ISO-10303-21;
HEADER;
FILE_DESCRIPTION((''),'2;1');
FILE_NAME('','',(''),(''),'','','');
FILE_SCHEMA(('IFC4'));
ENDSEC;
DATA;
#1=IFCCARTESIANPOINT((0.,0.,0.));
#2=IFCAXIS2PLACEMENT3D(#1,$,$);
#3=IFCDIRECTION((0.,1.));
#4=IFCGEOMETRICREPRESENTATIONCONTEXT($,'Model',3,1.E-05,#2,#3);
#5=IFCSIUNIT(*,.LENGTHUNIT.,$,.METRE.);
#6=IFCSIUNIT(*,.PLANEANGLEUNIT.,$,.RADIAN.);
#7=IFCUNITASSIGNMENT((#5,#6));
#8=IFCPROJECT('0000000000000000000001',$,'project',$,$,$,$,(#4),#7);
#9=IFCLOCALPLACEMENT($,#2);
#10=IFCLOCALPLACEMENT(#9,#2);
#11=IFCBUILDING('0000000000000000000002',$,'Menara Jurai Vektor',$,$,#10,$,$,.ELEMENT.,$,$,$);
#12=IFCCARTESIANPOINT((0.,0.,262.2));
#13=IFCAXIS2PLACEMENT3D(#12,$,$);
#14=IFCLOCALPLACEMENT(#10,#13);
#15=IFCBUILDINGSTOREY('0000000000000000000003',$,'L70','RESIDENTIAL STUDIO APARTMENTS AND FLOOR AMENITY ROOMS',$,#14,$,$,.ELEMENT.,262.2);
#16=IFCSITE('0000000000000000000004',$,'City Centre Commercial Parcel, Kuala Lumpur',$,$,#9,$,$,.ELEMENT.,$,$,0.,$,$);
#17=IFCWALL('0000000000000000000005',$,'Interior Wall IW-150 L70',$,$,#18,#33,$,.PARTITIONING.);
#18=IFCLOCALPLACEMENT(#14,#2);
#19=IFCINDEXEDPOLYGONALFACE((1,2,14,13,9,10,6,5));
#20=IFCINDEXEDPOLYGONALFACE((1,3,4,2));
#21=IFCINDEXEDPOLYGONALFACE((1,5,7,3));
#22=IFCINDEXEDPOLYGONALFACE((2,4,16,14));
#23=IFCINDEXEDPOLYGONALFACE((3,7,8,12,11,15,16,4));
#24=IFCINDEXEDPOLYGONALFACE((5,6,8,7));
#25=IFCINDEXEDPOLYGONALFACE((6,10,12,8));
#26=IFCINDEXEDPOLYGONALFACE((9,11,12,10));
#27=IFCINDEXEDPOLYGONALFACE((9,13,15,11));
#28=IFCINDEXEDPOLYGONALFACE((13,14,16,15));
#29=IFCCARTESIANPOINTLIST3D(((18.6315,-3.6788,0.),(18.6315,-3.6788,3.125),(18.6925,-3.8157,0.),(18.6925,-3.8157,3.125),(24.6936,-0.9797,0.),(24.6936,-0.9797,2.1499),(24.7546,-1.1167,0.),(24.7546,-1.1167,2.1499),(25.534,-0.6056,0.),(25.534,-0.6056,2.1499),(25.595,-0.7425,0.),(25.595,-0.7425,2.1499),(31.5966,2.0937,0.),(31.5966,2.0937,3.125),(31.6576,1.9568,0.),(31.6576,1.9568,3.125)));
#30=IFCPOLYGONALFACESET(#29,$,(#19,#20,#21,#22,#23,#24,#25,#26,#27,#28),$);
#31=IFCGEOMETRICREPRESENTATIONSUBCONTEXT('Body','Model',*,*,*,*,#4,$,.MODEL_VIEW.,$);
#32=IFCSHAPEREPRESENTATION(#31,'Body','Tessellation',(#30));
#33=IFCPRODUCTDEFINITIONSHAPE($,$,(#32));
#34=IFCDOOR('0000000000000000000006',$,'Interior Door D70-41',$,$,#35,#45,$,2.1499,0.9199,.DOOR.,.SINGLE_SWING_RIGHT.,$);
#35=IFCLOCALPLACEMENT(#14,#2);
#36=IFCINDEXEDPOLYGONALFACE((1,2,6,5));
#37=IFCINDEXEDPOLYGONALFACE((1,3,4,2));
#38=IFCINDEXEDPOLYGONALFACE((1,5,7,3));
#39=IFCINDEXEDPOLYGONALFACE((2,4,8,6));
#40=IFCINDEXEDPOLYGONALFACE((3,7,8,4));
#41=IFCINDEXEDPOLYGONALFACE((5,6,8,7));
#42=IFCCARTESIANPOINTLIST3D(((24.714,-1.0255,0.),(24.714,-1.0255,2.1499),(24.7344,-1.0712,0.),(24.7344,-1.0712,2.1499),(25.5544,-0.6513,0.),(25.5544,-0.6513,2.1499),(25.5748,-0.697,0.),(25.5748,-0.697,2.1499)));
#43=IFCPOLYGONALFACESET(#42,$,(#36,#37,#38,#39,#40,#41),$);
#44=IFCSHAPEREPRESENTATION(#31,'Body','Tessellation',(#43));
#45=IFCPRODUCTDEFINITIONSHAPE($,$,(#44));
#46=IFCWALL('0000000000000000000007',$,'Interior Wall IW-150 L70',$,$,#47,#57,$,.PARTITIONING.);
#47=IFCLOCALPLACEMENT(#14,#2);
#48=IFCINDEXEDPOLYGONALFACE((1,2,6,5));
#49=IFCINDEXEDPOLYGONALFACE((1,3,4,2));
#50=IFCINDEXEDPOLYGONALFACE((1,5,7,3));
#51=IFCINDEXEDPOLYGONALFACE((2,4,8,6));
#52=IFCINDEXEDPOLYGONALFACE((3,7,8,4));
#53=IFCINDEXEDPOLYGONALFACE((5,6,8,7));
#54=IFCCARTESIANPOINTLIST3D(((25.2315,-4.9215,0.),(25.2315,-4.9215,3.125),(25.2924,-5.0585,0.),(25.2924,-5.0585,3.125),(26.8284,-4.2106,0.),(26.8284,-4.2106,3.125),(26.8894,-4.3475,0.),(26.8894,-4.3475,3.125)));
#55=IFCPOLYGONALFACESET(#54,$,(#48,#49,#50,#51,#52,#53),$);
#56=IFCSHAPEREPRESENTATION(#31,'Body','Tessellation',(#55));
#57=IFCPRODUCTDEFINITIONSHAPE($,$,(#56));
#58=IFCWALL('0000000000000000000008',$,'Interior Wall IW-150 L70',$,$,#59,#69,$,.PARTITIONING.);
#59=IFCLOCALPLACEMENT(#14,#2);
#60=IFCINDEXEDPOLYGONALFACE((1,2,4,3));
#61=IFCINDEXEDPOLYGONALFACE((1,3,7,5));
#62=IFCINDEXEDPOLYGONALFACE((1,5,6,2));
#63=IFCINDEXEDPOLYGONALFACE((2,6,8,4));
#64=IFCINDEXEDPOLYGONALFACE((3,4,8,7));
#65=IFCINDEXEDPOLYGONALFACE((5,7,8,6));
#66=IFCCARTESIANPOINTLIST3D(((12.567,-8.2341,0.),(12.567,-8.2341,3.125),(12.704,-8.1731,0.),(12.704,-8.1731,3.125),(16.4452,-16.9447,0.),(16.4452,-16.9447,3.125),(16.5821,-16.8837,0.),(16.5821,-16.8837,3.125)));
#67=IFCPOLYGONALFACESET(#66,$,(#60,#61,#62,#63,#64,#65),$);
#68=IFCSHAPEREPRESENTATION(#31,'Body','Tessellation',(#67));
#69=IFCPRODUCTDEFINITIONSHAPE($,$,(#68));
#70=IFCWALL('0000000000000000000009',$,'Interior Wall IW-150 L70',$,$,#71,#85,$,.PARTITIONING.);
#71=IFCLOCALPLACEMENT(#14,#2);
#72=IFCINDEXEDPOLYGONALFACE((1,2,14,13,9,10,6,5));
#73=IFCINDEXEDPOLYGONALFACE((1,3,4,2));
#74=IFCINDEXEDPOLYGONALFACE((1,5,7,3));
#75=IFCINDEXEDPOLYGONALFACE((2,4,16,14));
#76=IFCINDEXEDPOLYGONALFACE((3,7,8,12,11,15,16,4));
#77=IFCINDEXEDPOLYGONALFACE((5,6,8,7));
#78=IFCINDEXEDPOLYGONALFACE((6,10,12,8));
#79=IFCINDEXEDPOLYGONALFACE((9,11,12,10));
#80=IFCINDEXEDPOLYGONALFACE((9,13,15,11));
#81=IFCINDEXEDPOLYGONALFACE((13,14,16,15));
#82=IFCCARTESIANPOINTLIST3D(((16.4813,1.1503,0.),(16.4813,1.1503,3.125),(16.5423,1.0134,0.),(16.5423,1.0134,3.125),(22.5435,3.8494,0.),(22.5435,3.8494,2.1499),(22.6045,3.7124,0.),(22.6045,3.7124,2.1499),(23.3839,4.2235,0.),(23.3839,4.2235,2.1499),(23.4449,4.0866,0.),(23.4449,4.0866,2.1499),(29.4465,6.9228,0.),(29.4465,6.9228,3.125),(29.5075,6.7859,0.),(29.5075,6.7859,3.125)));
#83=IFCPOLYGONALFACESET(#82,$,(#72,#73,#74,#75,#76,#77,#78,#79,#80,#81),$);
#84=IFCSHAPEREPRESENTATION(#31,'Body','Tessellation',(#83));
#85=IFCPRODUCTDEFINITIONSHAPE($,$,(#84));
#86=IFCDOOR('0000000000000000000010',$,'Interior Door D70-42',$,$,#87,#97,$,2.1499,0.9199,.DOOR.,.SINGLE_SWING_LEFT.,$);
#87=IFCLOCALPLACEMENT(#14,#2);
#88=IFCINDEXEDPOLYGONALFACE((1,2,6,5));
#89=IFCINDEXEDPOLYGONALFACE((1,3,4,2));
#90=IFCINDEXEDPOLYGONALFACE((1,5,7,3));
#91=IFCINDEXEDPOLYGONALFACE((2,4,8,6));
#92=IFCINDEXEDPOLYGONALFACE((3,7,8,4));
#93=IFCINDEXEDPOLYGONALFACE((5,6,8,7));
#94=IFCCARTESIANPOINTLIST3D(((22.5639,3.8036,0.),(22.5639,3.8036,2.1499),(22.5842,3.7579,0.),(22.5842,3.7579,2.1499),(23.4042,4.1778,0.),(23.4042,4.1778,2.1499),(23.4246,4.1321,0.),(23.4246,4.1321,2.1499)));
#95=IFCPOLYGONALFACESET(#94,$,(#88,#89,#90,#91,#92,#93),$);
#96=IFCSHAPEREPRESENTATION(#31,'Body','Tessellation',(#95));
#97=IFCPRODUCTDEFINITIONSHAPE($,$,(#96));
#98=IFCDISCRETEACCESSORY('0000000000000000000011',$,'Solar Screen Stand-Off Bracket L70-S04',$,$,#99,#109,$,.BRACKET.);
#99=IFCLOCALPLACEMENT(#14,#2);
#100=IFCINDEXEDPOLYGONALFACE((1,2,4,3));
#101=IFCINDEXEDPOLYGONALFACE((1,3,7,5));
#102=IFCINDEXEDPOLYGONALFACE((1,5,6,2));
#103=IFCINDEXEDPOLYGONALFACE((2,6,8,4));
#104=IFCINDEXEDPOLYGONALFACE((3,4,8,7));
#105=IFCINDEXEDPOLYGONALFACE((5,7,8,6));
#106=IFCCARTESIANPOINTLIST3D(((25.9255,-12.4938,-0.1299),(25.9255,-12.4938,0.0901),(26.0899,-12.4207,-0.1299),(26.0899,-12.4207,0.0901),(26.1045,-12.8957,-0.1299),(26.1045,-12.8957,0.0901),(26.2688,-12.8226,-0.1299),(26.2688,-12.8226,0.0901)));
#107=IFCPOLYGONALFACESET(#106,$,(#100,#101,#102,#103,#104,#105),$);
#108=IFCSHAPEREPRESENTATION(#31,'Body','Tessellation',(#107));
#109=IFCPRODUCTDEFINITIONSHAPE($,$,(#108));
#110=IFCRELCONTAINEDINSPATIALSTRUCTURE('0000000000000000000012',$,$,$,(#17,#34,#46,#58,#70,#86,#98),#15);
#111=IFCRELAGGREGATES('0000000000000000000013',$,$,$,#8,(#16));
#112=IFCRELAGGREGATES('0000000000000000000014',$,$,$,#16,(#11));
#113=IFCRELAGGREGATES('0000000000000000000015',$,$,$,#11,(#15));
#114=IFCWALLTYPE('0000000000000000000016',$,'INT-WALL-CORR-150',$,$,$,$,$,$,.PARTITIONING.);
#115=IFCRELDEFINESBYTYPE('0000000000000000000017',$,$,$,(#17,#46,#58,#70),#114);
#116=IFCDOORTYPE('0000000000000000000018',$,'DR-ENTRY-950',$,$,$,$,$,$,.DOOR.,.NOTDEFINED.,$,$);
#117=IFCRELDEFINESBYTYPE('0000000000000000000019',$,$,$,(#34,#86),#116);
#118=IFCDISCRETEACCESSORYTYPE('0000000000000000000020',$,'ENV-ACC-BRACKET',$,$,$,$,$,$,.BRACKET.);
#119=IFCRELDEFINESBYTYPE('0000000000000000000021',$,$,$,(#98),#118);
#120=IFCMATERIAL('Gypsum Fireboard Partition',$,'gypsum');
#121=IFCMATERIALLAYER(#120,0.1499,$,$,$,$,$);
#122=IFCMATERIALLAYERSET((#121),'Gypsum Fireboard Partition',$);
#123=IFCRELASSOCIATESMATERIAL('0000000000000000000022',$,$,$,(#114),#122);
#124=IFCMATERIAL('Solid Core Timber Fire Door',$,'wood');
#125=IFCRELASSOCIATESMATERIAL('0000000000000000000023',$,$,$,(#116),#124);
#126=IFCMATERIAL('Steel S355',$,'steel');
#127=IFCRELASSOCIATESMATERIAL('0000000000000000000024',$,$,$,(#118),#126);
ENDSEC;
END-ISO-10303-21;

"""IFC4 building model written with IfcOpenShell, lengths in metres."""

from ifc_helpers import new_model, si_unit, direction, frame, frame_2d, origin, origin_2d, place, context, subcontext, project, spatial, rectangle, extrude, material, layer, layer_set, type_object, element, fill, save


model = new_model("IFC4")

# Units and contexts
model_context = context("Model", 3, precision=1e-05, world=origin(), true_north=direction((0.0, 1.0)))
body_context = subcontext(model_context, "Body", "Model", "MODEL_VIEW")
ifc_project = project(units=[si_unit("LENGTHUNIT", "METRE"), si_unit("PLANEANGLEUNIT", "RADIAN")], contexts=[model_context])

# Site, building, storey
site_placement = place(None, origin())
site = spatial("IfcSite", under=ifc_project, at=site_placement, Name="City Centre Commercial Parcel, Kuala Lumpur", CompositionType="ELEMENT", RefElevation=0.0)
building_placement = place(site_placement, origin())
building = spatial("IfcBuilding", under=site, at=building_placement, Name="Menara Jurai Vektor", CompositionType="ELEMENT")
storey_placement = place(building_placement, frame((0.0, 0.0, 262.2)))
storey = spatial("IfcBuildingStorey", under=building, at=storey_placement, Name="L70", Description="RESIDENTIAL STUDIO APARTMENTS AND FLOOR AMENITY ROOMS", CompositionType="ELEMENT", Elevation=262.2)

# Shared definitions
ifc_material_1 = material(Name="Steel S355", Category="steel")

# Shared definitions
ifc_material_2 = material(Name="Gypsum Fireboard Partition", Category="gypsum")
ifc_layer_1 = layer(ifc_material_2, 0.1499)
ifc_layer_set_1 = layer_set([ifc_layer_1], Name="Gypsum Fireboard Partition")
wall_type = type_object("IfcWallType", Name="INT-WALL-CORR-150", PredefinedType="PARTITIONING", material=ifc_layer_set_1)

# Wall, opening, door
wall_1_placement = place(storey_placement, frame((18.6619, -3.7473, 0.0), z_axis=(0.0, 0.0, 1.0), x_axis=(0.913545, 0.406739, 0.0)))
wall_1 = element("IfcWall", 1, at=wall_1_placement, inside=storey, type_object=wall_type, Name="Interior Wall IW-150 L70", PredefinedType="PARTITIONING", context=body_context, shape_type="SweptSolid", body=[
    extrude(rectangle(XDim=14.1921, YDim=0.1499, at=frame_2d((7.0962, 0.0))), origin(), (0.0, 0.0, 1.0), 3.125),
])
opening_1_placement = place(wall_1_placement, frame((6.636, 0.0, 0.0)))
opening_1 = element("IfcOpeningElement", 2, at=opening_1_placement, cuts=wall_1, PredefinedType="OPENING", context=body_context, shape_type="SweptSolid", body=[
    extrude(rectangle(XDim=0.9199, YDim=2.1499, at=frame_2d((0.46, 1.075))), frame((0.0, 0.085, 0.0), z_axis=(0.0, -1.0, 0.0), x_axis=(1.0, 0.0, 0.0)), (0.0, 0.0, 1.0), 0.1699),
])
ifc_material_3 = material(Name="Solid Core Timber Fire Door", Category="wood")
door_type_1 = type_object("IfcDoorType", Name="DR-ENTRY-950", OperationType="NOTDEFINED", PredefinedType="DOOR", material=ifc_material_3)
door_1_placement = place(opening_1_placement, origin())
door_1 = element("IfcDoor", 3, at=door_1_placement, inside=storey, type_object=door_type_1, Name="Interior Door D70-41", OperationType="SINGLE_SWING_RIGHT", OverallHeight=2.1499, OverallWidth=0.9199, PredefinedType="DOOR", context=body_context, shape_type="SweptSolid", body=[
    extrude(rectangle(XDim=0.9199, YDim=2.1499, at=frame_2d((0.46, 1.075))), frame((0.0, 0.0249, 0.0), z_axis=(0.0, -1.0, 0.0), x_axis=(1.0, 0.0, 0.0)), (0.0, 0.0, 1.0), 0.05),
])
fill(opening_1, door_1)

# Wall
wall_2_placement = place(storey_placement, frame((25.262, -4.99, 0.0), z_axis=(0.0, 0.0, 1.0), x_axis=(0.913558, 0.406709, 0.0)))
element("IfcWall", 4, at=wall_2_placement, inside=storey, type_object=wall_type, Name="Interior Wall IW-150 L70", PredefinedType="PARTITIONING", context=body_context, shape_type="SweptSolid", body=[
    extrude(rectangle(XDim=1.748, YDim=0.1499, at=frame_2d((0.874, 0.0))), origin(), (0.0, 0.0, 1.0), 3.125),
])

# Wall
wall_3_placement = place(storey_placement, frame((16.5137, -16.9143, 0.0), z_axis=(0.0, 0.0, 1.0), x_axis=(-0.40673, 0.913548, 0.0)))
element("IfcWall", 5, at=wall_3_placement, inside=storey, type_object=wall_type, Name="Interior Wall IW-150 L70", PredefinedType="PARTITIONING", context=body_context, shape_type="SweptSolid", body=[
    extrude(rectangle(XDim=9.5349, YDim=0.1499, at=frame_2d((4.7676, 0.0))), origin(), (0.0, 0.0, 1.0), 3.125),
])

# Wall, opening, door
wall_4_placement = place(storey_placement, frame((16.5117, 1.0818, 0.0), z_axis=(0.0, 0.0, 1.0), x_axis=(0.913545, 0.406739, 0.0)))
wall_4 = element("IfcWall", 6, at=wall_4_placement, inside=storey, type_object=wall_type, Name="Interior Wall IW-150 L70", PredefinedType="PARTITIONING", context=body_context, shape_type="SweptSolid", body=[
    extrude(rectangle(XDim=14.1921, YDim=0.1499, at=frame_2d((7.0962, 0.0))), origin(), (0.0, 0.0, 1.0), 3.125),
])
opening_2_placement = place(wall_4_placement, frame((6.636, 0.0, 0.0)))
opening_2 = element("IfcOpeningElement", 7, at=opening_2_placement, cuts=wall_4, PredefinedType="OPENING", context=body_context, shape_type="SweptSolid", body=[
    extrude(rectangle(XDim=0.9199, YDim=2.1499, at=frame_2d((0.46, 1.075))), frame((0.0, 0.085, 0.0), z_axis=(0.0, -1.0, 0.0), x_axis=(1.0, 0.0, 0.0)), (0.0, 0.0, 1.0), 0.1699),
])
door_2_placement = place(opening_2_placement, origin())
door_2 = element("IfcDoor", 8, at=door_2_placement, inside=storey, type_object=door_type_1, Name="Interior Door D70-42", OperationType="SINGLE_SWING_LEFT", OverallHeight=2.1499, OverallWidth=0.9199, PredefinedType="DOOR", context=body_context, shape_type="SweptSolid", body=[
    extrude(rectangle(XDim=0.9199, YDim=2.1499, at=frame_2d((0.46, 1.075))), frame((0.0, 0.0249, 0.0), z_axis=(0.0, -1.0, 0.0), x_axis=(1.0, 0.0, 0.0)), (0.0, 0.0, 1.0), 0.05),
])
fill(opening_2, door_2)

# Discrete accessory
discrete_accessory_type = type_object("IfcDiscreteAccessoryType", Name="ENV-ACC-BRACKET", PredefinedType="BRACKET", material=ifc_material_1)
discrete_accessory_placement = place(storey_placement, frame((26.0972, -12.6582, -0.1299), z_axis=(0.0, 0.0, 1.0), x_axis=(0.913545, 0.406737, 0.0)))
element("IfcDiscreteAccessory", 9, at=discrete_accessory_placement, inside=storey, type_object=discrete_accessory_type, Name="Solar Screen Stand-Off Bracket L70-S04", PredefinedType="BRACKET", context=body_context, shape_type="SweptSolid", body=[
    extrude(rectangle(XDim=0.1799, YDim=0.4399, at=origin_2d()), origin(), (0.0, 0.0, 1.0), 0.22),
])

save(model, "model.ifc")
